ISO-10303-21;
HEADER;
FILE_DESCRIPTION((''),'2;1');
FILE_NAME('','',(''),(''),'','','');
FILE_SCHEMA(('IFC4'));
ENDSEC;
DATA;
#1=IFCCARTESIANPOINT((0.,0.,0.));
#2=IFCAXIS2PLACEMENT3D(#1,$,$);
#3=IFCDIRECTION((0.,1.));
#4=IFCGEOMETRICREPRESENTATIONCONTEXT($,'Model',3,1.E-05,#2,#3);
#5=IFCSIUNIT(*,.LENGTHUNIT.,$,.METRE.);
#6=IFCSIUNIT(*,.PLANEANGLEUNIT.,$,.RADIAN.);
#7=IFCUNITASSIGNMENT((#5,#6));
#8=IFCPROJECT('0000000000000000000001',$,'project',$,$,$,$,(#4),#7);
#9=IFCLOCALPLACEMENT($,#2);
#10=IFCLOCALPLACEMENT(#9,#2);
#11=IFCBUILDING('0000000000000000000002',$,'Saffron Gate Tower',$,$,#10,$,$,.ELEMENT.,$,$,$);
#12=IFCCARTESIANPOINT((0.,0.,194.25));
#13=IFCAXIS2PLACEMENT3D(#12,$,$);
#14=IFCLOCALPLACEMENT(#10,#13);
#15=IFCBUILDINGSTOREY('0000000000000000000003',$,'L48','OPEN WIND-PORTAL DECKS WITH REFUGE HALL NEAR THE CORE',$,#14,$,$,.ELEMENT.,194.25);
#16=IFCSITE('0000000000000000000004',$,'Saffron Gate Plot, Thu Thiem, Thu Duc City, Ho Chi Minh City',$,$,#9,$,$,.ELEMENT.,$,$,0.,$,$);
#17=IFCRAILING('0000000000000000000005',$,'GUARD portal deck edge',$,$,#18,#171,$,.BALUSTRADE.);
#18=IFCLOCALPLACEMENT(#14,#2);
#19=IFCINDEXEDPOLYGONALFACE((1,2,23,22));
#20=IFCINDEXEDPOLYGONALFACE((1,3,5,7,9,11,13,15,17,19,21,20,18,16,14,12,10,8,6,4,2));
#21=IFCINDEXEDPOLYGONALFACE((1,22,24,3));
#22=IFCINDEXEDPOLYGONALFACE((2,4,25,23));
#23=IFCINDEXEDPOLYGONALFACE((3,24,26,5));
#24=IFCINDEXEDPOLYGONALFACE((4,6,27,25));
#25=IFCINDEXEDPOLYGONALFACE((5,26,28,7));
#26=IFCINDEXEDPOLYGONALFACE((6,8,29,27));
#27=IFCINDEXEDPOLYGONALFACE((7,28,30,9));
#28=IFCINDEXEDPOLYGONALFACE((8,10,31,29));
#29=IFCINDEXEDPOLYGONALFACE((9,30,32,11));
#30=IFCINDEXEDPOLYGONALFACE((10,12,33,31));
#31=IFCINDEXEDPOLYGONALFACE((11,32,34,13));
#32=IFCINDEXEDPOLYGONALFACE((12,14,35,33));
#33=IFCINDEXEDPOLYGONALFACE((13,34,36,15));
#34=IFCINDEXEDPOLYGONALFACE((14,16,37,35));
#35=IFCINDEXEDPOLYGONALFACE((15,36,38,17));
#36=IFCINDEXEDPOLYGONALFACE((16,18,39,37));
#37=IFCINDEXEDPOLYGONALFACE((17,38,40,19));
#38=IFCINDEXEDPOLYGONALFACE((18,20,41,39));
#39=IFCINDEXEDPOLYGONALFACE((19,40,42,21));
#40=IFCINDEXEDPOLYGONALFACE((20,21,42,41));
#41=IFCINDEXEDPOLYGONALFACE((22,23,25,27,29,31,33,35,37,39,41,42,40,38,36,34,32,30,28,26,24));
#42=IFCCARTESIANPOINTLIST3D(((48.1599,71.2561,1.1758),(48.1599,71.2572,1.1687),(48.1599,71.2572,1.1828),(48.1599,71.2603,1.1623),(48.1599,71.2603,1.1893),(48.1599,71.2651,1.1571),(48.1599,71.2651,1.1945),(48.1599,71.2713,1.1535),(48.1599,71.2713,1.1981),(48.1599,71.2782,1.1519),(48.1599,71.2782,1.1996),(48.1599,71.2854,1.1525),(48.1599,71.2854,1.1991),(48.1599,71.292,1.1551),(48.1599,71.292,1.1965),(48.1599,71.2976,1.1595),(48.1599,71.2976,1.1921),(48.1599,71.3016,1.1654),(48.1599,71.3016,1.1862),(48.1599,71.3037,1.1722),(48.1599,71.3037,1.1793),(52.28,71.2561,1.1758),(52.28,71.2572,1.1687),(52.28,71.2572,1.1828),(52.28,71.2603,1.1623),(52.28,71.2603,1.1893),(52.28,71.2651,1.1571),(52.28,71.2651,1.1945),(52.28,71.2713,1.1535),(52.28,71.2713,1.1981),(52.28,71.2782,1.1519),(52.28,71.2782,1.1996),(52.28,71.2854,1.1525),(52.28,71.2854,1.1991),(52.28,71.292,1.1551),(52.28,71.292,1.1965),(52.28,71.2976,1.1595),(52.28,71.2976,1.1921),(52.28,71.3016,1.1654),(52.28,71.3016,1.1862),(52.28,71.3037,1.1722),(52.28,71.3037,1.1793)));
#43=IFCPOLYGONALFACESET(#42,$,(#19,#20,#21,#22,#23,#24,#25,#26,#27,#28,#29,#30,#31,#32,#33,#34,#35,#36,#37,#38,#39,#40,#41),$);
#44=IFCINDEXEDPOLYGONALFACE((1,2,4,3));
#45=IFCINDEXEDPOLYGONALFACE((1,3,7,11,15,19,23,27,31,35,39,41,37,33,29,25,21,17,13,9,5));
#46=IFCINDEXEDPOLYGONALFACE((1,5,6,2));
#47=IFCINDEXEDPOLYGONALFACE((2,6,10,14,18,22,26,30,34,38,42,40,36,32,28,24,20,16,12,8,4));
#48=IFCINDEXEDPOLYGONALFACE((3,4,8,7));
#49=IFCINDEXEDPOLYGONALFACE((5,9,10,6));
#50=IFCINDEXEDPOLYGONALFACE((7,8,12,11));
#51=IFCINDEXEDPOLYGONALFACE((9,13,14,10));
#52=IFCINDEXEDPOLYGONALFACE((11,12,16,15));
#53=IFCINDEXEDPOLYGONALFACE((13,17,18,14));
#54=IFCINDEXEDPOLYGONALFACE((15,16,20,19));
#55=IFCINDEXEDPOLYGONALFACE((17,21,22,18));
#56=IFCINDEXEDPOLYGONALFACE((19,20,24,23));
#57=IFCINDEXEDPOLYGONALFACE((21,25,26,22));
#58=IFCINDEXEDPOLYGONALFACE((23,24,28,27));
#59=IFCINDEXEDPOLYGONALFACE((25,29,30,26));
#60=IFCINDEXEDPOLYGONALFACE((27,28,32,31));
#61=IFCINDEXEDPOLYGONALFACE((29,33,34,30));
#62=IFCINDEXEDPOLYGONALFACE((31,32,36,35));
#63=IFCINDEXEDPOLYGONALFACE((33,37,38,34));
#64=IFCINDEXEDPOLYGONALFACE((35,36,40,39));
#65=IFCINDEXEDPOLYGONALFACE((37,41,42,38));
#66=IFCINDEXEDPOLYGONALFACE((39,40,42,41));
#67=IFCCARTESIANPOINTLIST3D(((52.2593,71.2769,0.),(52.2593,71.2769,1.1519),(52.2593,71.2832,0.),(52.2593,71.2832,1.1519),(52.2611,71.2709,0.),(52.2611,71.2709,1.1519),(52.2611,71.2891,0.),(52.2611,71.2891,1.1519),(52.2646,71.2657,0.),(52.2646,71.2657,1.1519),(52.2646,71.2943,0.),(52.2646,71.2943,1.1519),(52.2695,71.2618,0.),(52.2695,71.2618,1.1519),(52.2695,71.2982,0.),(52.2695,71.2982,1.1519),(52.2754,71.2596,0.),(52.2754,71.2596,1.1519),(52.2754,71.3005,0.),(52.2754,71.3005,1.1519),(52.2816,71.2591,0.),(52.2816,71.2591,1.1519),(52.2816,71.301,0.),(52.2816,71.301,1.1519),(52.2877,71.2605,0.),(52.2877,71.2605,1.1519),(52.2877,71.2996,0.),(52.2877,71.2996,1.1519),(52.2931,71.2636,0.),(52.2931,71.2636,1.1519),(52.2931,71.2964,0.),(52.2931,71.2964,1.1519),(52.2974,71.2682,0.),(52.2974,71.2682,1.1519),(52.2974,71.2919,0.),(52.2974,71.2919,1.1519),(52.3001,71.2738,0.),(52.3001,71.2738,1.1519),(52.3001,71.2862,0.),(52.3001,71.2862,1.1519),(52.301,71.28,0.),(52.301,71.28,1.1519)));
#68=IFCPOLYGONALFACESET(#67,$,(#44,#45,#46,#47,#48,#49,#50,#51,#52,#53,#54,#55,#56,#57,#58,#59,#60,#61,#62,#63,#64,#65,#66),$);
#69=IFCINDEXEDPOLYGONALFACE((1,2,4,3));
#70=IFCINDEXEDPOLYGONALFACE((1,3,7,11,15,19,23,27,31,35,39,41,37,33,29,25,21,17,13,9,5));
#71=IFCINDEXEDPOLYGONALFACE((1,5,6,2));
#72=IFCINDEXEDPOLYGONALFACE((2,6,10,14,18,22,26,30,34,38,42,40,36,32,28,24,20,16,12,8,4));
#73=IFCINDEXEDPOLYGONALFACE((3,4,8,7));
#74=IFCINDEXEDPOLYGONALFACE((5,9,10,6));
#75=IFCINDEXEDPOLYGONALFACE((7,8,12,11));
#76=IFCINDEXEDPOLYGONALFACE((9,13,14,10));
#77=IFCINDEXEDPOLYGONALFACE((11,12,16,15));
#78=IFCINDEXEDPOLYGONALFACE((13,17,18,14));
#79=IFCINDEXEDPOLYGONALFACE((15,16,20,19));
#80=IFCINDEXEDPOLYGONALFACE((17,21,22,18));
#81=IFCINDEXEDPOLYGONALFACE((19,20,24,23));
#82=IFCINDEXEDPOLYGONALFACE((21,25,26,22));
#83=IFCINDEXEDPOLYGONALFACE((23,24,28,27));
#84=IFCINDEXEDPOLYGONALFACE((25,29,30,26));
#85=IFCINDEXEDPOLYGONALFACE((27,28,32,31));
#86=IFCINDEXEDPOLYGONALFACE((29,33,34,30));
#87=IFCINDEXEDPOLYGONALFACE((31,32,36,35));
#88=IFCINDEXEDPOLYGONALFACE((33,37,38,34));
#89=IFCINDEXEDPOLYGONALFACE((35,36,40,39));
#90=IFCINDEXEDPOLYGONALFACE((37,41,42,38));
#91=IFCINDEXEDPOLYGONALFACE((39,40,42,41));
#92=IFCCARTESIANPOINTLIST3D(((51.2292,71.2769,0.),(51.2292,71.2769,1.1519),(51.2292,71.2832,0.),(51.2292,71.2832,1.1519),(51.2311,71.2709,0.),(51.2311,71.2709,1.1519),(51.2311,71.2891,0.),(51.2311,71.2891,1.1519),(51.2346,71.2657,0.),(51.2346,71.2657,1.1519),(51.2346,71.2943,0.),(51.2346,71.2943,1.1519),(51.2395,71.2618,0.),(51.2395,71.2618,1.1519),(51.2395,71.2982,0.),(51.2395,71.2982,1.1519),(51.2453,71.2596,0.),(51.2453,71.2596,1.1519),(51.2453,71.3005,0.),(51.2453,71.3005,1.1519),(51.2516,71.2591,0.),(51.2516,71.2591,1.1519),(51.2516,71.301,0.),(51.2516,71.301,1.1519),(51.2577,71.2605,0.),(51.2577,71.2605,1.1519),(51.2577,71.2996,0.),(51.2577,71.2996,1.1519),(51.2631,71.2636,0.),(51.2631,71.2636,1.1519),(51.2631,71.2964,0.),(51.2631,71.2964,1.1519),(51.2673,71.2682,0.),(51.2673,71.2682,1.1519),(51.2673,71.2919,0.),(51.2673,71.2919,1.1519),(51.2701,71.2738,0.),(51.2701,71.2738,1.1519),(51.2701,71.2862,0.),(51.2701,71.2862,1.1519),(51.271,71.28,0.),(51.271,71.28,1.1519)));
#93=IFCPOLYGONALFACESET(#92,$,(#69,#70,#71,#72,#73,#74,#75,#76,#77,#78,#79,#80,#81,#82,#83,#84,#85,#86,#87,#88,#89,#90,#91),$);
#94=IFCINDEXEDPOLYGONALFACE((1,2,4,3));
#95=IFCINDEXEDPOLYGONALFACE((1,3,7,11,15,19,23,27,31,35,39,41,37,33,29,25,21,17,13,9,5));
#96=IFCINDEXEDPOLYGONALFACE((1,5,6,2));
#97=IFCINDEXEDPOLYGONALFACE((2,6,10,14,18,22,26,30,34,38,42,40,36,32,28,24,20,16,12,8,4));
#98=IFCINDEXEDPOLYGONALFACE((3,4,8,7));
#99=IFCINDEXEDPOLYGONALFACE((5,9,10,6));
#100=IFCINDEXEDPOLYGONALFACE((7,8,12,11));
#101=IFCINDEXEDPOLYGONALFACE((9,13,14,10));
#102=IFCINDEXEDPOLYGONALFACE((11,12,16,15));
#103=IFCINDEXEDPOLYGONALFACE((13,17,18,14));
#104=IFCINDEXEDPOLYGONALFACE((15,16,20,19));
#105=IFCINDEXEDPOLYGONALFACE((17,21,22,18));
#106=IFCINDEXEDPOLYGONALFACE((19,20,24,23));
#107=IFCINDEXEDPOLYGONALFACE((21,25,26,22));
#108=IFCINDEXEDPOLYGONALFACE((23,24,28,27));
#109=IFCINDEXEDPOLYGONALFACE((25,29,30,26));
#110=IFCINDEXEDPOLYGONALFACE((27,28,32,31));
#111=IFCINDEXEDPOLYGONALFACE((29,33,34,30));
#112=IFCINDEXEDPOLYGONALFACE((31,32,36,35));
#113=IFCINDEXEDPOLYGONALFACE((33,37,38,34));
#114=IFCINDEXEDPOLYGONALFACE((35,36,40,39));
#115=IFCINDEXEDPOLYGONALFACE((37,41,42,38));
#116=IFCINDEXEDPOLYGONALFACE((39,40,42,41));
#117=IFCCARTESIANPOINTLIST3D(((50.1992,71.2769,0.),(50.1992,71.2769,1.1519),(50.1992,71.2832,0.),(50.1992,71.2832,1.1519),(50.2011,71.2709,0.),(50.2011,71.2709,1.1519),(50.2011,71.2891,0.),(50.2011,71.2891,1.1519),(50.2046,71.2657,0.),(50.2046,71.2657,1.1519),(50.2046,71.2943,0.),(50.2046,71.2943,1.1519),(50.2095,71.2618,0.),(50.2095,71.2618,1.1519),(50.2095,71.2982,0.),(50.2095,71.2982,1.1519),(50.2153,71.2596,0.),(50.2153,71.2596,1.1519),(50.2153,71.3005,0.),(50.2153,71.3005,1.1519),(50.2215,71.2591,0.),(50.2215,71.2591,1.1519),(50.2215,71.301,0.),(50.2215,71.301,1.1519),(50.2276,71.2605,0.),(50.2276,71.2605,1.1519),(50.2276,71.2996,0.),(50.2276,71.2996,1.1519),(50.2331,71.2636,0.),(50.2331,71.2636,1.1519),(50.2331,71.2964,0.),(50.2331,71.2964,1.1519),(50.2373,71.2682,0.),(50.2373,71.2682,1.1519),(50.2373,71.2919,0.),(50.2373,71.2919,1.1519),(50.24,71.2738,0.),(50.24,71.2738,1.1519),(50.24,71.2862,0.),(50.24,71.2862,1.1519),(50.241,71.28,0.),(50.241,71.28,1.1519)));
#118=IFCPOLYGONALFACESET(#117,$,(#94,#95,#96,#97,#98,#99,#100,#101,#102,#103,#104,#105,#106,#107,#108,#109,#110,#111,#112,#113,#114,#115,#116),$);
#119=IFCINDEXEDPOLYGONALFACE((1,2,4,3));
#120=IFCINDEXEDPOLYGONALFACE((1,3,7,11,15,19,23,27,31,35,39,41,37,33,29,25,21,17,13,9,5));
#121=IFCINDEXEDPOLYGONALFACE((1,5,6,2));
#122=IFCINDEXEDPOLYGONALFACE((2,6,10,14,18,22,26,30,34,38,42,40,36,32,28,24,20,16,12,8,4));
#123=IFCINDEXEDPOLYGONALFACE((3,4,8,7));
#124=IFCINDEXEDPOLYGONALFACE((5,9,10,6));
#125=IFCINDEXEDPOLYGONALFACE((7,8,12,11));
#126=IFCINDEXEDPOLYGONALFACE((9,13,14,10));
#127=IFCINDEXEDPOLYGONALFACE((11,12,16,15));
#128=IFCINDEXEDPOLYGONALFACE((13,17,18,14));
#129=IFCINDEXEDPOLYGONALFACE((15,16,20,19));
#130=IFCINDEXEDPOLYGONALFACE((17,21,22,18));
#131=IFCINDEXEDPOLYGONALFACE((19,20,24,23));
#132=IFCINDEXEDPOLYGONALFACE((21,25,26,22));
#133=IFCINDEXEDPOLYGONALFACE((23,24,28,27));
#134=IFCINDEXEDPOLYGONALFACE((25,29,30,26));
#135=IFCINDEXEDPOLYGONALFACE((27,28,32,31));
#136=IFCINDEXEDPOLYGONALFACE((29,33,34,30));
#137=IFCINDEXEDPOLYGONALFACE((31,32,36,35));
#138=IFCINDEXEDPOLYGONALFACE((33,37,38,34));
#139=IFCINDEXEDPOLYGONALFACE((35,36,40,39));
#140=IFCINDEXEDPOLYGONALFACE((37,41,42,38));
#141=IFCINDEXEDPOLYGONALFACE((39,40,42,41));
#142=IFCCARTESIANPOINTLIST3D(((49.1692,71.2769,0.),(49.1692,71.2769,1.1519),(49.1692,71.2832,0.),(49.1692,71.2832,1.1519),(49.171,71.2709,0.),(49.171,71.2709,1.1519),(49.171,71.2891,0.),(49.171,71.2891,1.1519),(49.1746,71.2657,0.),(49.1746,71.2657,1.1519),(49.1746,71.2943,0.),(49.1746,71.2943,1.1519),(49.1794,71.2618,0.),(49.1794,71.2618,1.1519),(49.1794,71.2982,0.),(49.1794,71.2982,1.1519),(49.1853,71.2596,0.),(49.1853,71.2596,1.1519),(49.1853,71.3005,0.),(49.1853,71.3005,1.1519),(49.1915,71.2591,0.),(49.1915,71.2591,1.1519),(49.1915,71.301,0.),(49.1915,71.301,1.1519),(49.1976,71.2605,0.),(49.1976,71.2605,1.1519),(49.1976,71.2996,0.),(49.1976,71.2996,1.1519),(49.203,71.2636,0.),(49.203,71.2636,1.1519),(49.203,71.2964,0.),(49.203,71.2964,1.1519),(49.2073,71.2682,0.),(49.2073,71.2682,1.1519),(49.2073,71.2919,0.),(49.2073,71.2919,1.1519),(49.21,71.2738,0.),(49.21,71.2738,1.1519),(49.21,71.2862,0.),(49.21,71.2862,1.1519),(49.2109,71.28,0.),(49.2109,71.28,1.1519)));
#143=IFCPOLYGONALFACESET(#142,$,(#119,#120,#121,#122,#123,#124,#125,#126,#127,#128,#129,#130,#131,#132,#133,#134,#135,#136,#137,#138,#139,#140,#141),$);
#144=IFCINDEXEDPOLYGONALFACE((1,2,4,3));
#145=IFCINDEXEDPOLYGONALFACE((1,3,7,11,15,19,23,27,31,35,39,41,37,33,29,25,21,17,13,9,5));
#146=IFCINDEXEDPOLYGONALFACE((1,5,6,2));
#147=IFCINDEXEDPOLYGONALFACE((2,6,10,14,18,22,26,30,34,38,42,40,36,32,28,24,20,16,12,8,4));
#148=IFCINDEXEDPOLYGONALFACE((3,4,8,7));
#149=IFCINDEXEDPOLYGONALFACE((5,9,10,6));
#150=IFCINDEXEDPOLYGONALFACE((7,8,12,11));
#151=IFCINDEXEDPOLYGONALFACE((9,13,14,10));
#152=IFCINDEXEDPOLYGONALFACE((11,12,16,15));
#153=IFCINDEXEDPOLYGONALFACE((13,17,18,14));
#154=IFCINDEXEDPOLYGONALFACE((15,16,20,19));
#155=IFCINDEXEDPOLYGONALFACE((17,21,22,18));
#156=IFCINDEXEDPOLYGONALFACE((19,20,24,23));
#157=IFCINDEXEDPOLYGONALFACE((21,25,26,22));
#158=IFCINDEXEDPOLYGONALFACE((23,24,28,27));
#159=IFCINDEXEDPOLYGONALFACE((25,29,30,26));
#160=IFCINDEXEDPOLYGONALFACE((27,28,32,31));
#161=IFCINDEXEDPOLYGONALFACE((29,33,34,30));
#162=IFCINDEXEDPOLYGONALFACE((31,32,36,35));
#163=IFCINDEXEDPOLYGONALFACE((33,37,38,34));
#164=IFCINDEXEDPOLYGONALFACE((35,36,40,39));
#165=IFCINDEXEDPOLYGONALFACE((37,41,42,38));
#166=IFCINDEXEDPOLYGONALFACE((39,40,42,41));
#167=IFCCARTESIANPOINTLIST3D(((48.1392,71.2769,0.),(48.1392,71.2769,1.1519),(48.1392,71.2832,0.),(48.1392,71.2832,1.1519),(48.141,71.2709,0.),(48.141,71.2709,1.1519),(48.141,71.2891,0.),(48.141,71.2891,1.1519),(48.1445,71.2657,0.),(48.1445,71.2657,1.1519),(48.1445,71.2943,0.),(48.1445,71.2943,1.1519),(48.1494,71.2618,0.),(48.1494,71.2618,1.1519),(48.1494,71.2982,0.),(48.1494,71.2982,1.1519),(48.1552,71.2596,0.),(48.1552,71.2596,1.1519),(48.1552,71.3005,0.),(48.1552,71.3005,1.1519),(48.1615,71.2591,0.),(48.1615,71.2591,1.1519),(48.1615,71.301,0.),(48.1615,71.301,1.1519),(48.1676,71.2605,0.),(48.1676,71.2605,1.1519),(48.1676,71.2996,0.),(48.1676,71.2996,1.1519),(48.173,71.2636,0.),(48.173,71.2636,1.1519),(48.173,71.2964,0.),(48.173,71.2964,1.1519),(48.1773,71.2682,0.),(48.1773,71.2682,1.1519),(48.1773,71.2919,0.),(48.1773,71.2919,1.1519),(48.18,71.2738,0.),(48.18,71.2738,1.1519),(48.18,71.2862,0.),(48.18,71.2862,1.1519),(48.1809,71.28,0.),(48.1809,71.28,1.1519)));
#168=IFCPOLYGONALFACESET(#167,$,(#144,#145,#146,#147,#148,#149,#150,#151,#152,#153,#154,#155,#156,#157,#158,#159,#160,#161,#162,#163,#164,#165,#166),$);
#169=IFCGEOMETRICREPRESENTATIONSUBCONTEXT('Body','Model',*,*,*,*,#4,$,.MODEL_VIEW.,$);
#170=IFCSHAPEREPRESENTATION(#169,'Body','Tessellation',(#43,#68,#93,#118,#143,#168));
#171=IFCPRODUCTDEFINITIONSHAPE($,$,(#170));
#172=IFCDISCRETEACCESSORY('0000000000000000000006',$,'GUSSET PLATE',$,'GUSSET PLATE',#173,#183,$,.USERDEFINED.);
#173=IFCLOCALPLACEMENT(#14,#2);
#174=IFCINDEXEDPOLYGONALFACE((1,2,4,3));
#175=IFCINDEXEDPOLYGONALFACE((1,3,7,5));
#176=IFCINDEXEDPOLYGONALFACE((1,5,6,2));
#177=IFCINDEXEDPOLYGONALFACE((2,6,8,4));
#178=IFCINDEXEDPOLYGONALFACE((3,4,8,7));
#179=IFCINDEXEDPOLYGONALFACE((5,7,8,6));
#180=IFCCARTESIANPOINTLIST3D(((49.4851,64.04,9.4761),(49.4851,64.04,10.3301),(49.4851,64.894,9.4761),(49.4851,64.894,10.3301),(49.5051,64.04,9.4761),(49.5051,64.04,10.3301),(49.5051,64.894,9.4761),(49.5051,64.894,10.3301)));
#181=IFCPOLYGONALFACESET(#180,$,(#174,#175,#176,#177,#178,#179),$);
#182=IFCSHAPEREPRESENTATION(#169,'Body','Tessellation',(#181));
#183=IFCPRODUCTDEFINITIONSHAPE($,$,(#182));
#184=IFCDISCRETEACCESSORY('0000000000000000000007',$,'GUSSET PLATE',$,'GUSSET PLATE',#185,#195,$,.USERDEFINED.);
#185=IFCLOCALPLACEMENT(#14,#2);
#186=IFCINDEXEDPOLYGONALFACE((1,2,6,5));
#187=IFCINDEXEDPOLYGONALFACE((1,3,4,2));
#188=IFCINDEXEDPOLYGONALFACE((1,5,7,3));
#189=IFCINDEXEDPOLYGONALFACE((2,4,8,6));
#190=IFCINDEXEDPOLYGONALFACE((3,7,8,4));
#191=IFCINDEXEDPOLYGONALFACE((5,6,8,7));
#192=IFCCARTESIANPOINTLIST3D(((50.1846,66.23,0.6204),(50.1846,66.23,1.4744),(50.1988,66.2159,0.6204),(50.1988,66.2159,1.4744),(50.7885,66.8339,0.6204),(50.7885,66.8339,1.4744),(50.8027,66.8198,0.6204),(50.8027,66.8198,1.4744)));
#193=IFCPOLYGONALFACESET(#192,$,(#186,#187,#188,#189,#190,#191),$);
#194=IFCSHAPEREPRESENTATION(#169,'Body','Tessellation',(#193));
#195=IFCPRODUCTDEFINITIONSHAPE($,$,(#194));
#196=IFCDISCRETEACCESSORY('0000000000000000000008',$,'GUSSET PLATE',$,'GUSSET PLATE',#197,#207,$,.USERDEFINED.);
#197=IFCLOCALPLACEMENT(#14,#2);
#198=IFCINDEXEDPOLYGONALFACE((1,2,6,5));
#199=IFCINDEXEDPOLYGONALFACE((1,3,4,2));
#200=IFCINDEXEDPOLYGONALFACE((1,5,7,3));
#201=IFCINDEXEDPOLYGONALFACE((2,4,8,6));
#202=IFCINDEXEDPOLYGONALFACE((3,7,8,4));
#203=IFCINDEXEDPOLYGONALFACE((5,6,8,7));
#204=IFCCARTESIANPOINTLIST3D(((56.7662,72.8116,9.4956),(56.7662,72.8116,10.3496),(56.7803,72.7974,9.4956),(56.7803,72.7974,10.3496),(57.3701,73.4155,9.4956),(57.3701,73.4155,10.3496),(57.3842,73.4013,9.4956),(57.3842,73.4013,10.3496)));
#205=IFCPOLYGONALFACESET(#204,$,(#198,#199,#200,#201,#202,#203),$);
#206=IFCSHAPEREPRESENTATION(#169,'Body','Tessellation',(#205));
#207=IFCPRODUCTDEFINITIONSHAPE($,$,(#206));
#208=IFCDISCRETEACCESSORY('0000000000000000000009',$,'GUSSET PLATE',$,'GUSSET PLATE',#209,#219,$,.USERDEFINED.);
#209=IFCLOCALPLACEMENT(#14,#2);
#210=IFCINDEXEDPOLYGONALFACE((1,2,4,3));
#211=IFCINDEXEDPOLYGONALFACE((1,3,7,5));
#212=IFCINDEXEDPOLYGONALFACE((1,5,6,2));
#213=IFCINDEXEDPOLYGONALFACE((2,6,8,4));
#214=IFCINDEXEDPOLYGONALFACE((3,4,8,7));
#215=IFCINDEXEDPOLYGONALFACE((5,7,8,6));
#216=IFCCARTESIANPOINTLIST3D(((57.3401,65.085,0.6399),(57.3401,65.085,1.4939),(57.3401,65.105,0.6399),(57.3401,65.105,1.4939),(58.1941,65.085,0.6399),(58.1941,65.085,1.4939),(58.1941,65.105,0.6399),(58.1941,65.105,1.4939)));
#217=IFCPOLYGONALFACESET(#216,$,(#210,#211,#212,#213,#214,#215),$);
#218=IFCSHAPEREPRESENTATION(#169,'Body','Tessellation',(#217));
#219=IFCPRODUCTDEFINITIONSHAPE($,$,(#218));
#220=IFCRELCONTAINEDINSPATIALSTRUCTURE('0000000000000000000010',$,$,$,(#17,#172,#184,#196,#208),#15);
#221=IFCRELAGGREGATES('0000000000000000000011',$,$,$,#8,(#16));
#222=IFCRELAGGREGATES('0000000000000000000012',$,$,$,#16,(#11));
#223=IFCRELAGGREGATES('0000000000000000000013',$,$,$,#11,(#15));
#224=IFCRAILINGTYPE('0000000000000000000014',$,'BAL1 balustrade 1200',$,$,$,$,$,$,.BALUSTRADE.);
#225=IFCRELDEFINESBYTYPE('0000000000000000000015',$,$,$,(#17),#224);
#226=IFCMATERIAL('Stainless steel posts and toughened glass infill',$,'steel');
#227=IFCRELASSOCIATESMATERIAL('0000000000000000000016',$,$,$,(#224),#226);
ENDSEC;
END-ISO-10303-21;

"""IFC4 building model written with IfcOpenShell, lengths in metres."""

from ifc_helpers import new_model, si_unit, direction, frame, origin, origin_2d, place, context, subcontext, project, spatial, rectangle, circle, extrude, material, type_object, element, save


model = new_model("IFC4")

# Units and contexts
model_context = context("Model", 3, precision=1e-05, world=origin(), true_north=direction((0.0, 1.0)))
body_context = subcontext(model_context, "Body", "Model", "MODEL_VIEW")
ifc_project = project(units=[si_unit("LENGTHUNIT", "METRE"), si_unit("PLANEANGLEUNIT", "RADIAN")], contexts=[model_context])

# Site, building, storey
site_placement = place(None, origin())
site = spatial("IfcSite", under=ifc_project, at=site_placement, Name="Saffron Gate Plot, Thu Thiem, Thu Duc City, Ho Chi Minh City", CompositionType="ELEMENT", RefElevation=0.0)
building_placement = place(site_placement, origin())
building = spatial("IfcBuilding", under=site, at=building_placement, Name="Saffron Gate Tower", CompositionType="ELEMENT")
storey_placement = place(building_placement, frame((0.0, 0.0, 194.25)))
storey = spatial("IfcBuildingStorey", under=building, at=storey_placement, Name="L48", Description="OPEN WIND-PORTAL DECKS WITH REFUGE HALL NEAR THE CORE", CompositionType="ELEMENT", Elevation=194.25)

# Railing
ifc_material_1 = material(Name="Stainless steel posts and toughened glass infill", Category="steel")
railing_type = type_object("IfcRailingType", Name="BAL1 balustrade 1200", PredefinedType="BALUSTRADE", material=ifc_material_1)
railing_1_placement = place(storey_placement, frame((52.28, 71.28, 0.0)))
element("IfcRailing", 1, at=railing_1_placement, inside=storey, type_object=railing_type, Name="GUARD portal deck edge", PredefinedType="BALUSTRADE", context=body_context, shape_type="SweptSolid", body=[
    extrude(circle(Radius=0.0239, at=origin_2d()), frame((0.0, 0.0, 1.1758), z_axis=(-1.0, 0.0, 0.0), x_axis=(0.0, -1.0, 0.0)), (0.0, 0.0, 1.0), 4.1201),
    extrude(circle(Radius=0.021, at=origin_2d()), origin(), (0.0, 0.0, 1.0), 1.1519),
    extrude(circle(Radius=0.021, at=origin_2d()), frame((-1.03, 0.0, 0.0)), (0.0, 0.0, 1.0), 1.1519),
    extrude(circle(Radius=0.021, at=origin_2d()), frame((-2.0601, 0.0, 0.0)), (0.0, 0.0, 1.0), 1.1519),
    extrude(circle(Radius=0.021, at=origin_2d()), frame((-3.0901, 0.0, 0.0)), (0.0, 0.0, 1.0), 1.1519),
    extrude(circle(Radius=0.021, at=origin_2d()), frame((-4.1201, 0.0, 0.0)), (0.0, 0.0, 1.0), 1.1519),
])

# Discrete accessories
for number, where, z_axis, x_axis, name in (
    (2, (49.4951, 64.467, 9.4761), (0.0, 0.0, 1.0), (0.0, 1.0, 0.0), "GUSSET PLATE"),
    (3, (50.4937, 66.5249, 0.6204), (0.0, 0.0, 1.0), (0.707107, 0.707107, 0.0), "GUSSET PLATE"),
    (4, (57.0752, 73.1064, 9.4956), (0.0, 0.0, 1.0), (0.707107, 0.707107, 0.0), "GUSSET PLATE"),
    (5, (57.7671, 65.095, 0.6399), (0.0, 0.0, 1.0), (-1.0, 0.0, 0.0), "GUSSET PLATE"),
):
    element("IfcDiscreteAccessory", number, at=place(storey_placement, frame(where, z_axis=z_axis, x_axis=x_axis)), inside=storey, Name=name, ObjectType="GUSSET PLATE", PredefinedType="USERDEFINED", context=body_context, shape_type="SweptSolid", body=[
        extrude(rectangle(XDim=0.854, YDim=0.02, at=origin_2d()), origin(), (0.0, 0.0, 1.0), 0.854),
    ])

save(model, "model.ifc")
